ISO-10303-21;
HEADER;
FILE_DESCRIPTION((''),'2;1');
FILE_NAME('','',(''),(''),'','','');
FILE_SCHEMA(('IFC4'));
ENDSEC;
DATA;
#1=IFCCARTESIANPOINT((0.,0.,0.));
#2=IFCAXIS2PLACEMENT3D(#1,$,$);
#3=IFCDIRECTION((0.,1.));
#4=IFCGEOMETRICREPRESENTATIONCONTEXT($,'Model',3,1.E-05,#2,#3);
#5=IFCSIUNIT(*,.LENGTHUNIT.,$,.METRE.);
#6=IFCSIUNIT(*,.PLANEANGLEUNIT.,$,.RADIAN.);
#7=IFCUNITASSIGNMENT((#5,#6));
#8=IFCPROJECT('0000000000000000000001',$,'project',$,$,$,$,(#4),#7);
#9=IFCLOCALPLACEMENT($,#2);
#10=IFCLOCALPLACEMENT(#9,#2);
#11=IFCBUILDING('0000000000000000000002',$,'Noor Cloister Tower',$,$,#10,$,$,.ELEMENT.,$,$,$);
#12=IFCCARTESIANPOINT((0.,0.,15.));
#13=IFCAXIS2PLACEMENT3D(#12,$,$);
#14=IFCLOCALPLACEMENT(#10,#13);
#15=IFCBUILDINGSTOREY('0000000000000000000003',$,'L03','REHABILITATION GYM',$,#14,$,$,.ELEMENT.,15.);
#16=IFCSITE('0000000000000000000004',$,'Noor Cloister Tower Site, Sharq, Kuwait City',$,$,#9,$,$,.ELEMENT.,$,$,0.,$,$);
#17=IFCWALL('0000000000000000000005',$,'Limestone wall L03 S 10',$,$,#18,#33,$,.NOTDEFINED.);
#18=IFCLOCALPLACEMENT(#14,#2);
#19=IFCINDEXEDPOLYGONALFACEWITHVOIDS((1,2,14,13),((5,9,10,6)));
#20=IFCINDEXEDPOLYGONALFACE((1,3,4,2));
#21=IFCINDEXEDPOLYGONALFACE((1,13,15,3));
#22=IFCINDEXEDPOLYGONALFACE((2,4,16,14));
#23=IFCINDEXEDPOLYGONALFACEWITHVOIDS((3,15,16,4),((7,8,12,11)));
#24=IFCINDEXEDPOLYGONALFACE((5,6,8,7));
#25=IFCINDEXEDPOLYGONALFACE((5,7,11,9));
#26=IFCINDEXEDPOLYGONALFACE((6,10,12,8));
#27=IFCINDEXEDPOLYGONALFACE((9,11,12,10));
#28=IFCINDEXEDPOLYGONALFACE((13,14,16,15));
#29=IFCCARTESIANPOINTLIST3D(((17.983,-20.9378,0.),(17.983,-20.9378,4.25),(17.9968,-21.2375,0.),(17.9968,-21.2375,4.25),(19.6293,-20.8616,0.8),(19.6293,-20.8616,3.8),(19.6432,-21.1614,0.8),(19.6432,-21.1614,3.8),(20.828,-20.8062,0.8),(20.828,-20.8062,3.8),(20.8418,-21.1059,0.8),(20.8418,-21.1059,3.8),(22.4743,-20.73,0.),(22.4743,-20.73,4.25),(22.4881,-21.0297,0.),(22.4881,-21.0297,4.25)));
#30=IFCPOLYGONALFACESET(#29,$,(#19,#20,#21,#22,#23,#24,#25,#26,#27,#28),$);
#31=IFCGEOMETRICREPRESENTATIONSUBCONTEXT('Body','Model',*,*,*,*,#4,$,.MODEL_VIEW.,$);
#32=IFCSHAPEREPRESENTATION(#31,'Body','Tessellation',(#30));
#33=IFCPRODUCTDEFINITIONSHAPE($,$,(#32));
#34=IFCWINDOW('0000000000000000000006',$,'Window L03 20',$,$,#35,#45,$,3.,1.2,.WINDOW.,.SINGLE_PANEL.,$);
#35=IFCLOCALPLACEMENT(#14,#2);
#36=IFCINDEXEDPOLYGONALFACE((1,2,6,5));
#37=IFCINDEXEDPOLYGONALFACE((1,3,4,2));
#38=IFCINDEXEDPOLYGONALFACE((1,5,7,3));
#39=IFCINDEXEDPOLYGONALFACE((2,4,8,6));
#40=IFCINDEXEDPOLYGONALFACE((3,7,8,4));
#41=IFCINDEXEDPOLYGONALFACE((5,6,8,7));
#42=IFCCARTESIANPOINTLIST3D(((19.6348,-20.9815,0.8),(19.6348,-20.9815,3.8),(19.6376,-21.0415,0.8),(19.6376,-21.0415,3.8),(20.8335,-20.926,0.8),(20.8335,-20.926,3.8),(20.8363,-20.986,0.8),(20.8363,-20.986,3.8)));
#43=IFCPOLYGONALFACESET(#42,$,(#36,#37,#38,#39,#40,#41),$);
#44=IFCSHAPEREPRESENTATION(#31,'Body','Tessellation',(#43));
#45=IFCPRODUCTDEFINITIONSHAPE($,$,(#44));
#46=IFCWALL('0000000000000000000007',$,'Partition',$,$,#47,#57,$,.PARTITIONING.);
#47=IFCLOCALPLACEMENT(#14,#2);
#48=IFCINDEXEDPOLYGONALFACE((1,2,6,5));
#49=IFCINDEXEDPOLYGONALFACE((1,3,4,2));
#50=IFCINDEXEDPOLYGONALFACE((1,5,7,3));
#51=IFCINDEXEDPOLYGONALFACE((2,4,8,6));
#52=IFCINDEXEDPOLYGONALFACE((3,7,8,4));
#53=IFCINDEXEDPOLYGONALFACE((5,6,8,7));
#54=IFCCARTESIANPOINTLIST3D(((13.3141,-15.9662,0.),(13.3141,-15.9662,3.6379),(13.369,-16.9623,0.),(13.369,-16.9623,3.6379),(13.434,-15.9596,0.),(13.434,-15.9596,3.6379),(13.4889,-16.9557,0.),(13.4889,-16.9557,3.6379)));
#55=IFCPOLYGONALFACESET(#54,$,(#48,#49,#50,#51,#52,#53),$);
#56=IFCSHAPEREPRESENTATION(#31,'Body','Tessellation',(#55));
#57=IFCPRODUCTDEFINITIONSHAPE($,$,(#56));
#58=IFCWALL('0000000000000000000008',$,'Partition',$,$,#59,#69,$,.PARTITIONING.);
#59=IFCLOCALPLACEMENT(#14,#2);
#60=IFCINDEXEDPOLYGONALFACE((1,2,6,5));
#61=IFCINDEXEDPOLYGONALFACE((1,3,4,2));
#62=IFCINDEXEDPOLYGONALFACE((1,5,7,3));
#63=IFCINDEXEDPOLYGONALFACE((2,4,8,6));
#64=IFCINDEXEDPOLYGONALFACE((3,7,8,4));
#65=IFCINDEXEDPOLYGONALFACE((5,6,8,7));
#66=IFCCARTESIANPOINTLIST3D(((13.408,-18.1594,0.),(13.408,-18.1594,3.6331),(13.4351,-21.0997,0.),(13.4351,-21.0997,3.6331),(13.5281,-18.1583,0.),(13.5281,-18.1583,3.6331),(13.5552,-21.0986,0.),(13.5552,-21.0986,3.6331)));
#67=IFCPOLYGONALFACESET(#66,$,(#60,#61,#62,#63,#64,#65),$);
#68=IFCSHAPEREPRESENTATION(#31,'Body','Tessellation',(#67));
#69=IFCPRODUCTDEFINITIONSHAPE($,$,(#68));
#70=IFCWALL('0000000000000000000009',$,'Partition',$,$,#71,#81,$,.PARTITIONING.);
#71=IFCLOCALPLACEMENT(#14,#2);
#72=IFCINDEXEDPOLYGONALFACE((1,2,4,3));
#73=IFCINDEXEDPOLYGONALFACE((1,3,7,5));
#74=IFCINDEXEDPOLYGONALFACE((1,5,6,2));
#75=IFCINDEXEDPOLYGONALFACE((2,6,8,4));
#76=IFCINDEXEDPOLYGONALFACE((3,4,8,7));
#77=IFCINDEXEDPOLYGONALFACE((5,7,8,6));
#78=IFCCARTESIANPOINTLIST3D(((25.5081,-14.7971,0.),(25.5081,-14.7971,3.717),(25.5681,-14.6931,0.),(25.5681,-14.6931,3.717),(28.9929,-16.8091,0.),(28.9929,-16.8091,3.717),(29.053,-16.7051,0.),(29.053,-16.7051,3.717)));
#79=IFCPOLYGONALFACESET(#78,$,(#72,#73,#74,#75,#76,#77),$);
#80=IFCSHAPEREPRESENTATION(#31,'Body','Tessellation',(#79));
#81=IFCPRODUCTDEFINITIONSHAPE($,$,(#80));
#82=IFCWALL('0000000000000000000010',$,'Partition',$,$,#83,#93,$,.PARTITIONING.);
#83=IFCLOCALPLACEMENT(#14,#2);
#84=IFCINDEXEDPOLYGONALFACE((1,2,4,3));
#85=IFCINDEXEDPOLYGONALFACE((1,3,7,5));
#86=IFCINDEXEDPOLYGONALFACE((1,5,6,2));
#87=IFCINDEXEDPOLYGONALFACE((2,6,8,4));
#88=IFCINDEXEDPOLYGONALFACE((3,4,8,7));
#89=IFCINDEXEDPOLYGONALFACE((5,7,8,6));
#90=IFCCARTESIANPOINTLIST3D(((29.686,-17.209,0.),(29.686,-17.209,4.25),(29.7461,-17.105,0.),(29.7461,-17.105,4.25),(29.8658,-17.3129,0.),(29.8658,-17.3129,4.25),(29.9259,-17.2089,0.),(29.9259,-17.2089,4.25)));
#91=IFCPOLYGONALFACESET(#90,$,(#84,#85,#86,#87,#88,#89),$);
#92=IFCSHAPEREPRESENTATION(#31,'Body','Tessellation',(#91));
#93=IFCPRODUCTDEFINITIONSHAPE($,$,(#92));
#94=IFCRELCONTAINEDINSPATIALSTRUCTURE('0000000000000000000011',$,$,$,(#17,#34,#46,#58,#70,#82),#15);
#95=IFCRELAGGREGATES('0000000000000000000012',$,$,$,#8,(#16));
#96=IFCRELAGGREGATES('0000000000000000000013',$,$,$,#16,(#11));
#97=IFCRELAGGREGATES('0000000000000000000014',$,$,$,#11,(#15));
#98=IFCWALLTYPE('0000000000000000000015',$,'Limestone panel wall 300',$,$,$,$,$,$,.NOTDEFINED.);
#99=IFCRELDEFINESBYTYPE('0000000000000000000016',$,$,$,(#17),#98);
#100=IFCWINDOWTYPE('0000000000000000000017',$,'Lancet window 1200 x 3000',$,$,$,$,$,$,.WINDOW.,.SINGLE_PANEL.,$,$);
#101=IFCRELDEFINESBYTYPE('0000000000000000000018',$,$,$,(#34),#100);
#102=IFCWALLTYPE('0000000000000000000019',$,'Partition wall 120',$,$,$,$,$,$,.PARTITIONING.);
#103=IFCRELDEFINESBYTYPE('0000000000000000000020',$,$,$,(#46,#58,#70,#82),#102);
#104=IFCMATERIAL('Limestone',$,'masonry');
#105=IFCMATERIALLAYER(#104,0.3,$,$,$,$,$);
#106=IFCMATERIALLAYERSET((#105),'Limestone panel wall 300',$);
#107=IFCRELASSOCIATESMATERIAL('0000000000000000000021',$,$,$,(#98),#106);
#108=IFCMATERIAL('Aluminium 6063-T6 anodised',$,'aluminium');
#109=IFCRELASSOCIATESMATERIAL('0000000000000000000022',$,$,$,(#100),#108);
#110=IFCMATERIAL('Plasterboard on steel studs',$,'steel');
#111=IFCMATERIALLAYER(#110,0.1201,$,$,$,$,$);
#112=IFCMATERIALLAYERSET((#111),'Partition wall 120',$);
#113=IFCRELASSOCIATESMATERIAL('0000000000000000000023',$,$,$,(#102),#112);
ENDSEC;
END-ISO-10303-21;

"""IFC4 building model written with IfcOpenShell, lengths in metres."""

from ifc_helpers import new_model, si_unit, direction, frame, frame_2d, origin, place, context, subcontext, project, spatial, rectangle, extrude, material, layer, layer_set, type_object, element, fill, save


model = new_model("IFC4")

# Units and contexts
model_context = context("Model", 3, precision=1e-05, world=origin(), true_north=direction((0.0, 1.0)))
body_context = subcontext(model_context, "Body", "Model", "MODEL_VIEW")
ifc_project = project(units=[si_unit("LENGTHUNIT", "METRE"), si_unit("PLANEANGLEUNIT", "RADIAN")], contexts=[model_context])

# Site, building, storey
site_placement = place(None, origin())
site = spatial("IfcSite", under=ifc_project, at=site_placement, Name="Noor Cloister Tower Site, Sharq, Kuwait City", CompositionType="ELEMENT", RefElevation=0.0)
building_placement = place(site_placement, origin())
building = spatial("IfcBuilding", under=site, at=building_placement, Name="Noor Cloister Tower", CompositionType="ELEMENT")
storey_placement = place(building_placement, frame((0.0, 0.0, 15.0)))
storey = spatial("IfcBuildingStorey", under=building, at=storey_placement, Name="L03", Description="REHABILITATION GYM", CompositionType="ELEMENT", Elevation=15.0)

# Wall, opening, window
ifc_material_1 = material(Name="Limestone", Category="masonry")
ifc_layer_1 = layer(ifc_material_1, 0.3)
ifc_layer_set_1 = layer_set([ifc_layer_1], Name="Limestone panel wall 300")
wall_type_1 = type_object("IfcWallType", Name="Limestone panel wall 300", PredefinedType="NOTDEFINED", material=ifc_layer_set_1)
wall_1_placement = place(storey_placement, frame((22.4812, -20.8799, 0.0), z_axis=(0.0, 0.0, 1.0), x_axis=(-0.998932, -0.046211, 0.0)))
wall_1 = element("IfcWall", 1, at=wall_1_placement, inside=storey, type_object=wall_type_1, Name="Limestone wall L03 S 10", PredefinedType="NOTDEFINED", context=body_context, shape_type="SweptSolid", body=[
    extrude(rectangle(XDim=4.4961, YDim=0.3, at=frame_2d((2.248, 0.0))), origin(), (0.0, 0.0, 1.0), 4.25),
])
opening_1_placement = place(wall_1_placement, frame((1.6479, 0.0, 0.8)))
opening_1 = element("IfcOpeningElement", 2, at=opening_1_placement, cuts=wall_1, PredefinedType="OPENING", context=body_context, shape_type="SweptSolid", body=[
    extrude(rectangle(XDim=1.2, YDim=3.0, at=frame_2d((0.6001, 1.5))), frame((0.0, 0.1602, 0.0), z_axis=(0.0, -1.0, 0.0), x_axis=(1.0, 0.0, 0.0)), (0.0, 0.0, 1.0), 0.3201),
])
ifc_material_2 = material(Name="Aluminium 6063-T6 anodised", Category="aluminium")
window_type_1 = type_object("IfcWindowType", Name="Lancet window 1200 x 3000", PartitioningType="SINGLE_PANEL", PredefinedType="WINDOW", material=ifc_material_2)
window_1_placement = place(opening_1_placement, origin())
window_1 = element("IfcWindow", 3, at=window_1_placement, inside=storey, type_object=window_type_1, Name="Window L03 20", OverallHeight=3.0, OverallWidth=1.2, PartitioningType="SINGLE_PANEL", PredefinedType="WINDOW", context=body_context, shape_type="SweptSolid", body=[
    extrude(rectangle(XDim=1.2, YDim=3.0, at=frame_2d((0.6001, 1.5))), frame((0.0, 0.03, 0.0), z_axis=(0.0, -1.0, 0.0), x_axis=(1.0, 0.0, 0.0)), (0.0, 0.0, 1.0), 0.0601),
])
fill(opening_1, window_1)

# Walls
ifc_material_3 = material(Name="Plasterboard on steel studs", Category="steel")
ifc_layer_2 = layer(ifc_material_3, 0.1201)
ifc_layer_set_2 = layer_set([ifc_layer_2], Name="Partition wall 120")
wall_type_2 = type_object("IfcWallType", Name="Partition wall 120", PredefinedType="PARTITIONING", material=ifc_layer_set_2)
wall_2_placement = place(storey_placement, frame((13.429, -16.959, 0.0), z_axis=(0.0, 0.0, 1.0), x_axis=(-0.055063, 0.998483, 0.0)))
element("IfcWall", 4, at=wall_2_placement, inside=storey, type_object=wall_type_2, Name="Partition", PredefinedType="PARTITIONING", context=body_context, shape_type="SweptSolid", body=[
    extrude(rectangle(XDim=0.9976, YDim=0.1201, at=frame_2d((0.4988, 0.0))), origin(), (0.0, 0.0, 1.0), 3.6379),
])
wall_3_placement = place(storey_placement, frame((13.4951, -21.0991, 0.0), z_axis=(0.0, 0.0, 1.0), x_axis=(-0.009217, 0.999958, 0.0)))
element("IfcWall", 5, at=wall_3_placement, inside=storey, type_object=wall_type_2, Name="Partition", PredefinedType="PARTITIONING", context=body_context, shape_type="SweptSolid", body=[
    extrude(rectangle(XDim=2.9404, YDim=0.1201, at=frame_2d((1.4702, 0.0))), origin(), (0.0, 0.0, 1.0), 3.6331),
])
wall_4_placement = place(storey_placement, frame((29.0229, -16.7571, 0.0), z_axis=(0.0, 0.0, 1.0), x_axis=(-0.866028, 0.499996, 0.0)))
element("IfcWall", 6, at=wall_4_placement, inside=storey, type_object=wall_type_2, Name="Partition", PredefinedType="PARTITIONING", context=body_context, shape_type="SweptSolid", body=[
    extrude(rectangle(XDim=4.0239, YDim=0.1201, at=frame_2d((2.012, 0.0))), origin(), (0.0, 0.0, 1.0), 3.717),
])
wall_5_placement = place(storey_placement, frame((29.896, -17.261, 0.0), z_axis=(0.0, 0.0, 1.0), x_axis=(-0.865775, 0.500434, 0.0)))
element("IfcWall", 7, at=wall_5_placement, inside=storey, type_object=wall_type_2, Name="Partition", PredefinedType="PARTITIONING", context=body_context, shape_type="SweptSolid", body=[
    extrude(rectangle(XDim=0.2078, YDim=0.1201, at=frame_2d((0.104, 0.0))), origin(), (0.0, 0.0, 1.0), 4.25),
])

save(model, "model.ifc")
